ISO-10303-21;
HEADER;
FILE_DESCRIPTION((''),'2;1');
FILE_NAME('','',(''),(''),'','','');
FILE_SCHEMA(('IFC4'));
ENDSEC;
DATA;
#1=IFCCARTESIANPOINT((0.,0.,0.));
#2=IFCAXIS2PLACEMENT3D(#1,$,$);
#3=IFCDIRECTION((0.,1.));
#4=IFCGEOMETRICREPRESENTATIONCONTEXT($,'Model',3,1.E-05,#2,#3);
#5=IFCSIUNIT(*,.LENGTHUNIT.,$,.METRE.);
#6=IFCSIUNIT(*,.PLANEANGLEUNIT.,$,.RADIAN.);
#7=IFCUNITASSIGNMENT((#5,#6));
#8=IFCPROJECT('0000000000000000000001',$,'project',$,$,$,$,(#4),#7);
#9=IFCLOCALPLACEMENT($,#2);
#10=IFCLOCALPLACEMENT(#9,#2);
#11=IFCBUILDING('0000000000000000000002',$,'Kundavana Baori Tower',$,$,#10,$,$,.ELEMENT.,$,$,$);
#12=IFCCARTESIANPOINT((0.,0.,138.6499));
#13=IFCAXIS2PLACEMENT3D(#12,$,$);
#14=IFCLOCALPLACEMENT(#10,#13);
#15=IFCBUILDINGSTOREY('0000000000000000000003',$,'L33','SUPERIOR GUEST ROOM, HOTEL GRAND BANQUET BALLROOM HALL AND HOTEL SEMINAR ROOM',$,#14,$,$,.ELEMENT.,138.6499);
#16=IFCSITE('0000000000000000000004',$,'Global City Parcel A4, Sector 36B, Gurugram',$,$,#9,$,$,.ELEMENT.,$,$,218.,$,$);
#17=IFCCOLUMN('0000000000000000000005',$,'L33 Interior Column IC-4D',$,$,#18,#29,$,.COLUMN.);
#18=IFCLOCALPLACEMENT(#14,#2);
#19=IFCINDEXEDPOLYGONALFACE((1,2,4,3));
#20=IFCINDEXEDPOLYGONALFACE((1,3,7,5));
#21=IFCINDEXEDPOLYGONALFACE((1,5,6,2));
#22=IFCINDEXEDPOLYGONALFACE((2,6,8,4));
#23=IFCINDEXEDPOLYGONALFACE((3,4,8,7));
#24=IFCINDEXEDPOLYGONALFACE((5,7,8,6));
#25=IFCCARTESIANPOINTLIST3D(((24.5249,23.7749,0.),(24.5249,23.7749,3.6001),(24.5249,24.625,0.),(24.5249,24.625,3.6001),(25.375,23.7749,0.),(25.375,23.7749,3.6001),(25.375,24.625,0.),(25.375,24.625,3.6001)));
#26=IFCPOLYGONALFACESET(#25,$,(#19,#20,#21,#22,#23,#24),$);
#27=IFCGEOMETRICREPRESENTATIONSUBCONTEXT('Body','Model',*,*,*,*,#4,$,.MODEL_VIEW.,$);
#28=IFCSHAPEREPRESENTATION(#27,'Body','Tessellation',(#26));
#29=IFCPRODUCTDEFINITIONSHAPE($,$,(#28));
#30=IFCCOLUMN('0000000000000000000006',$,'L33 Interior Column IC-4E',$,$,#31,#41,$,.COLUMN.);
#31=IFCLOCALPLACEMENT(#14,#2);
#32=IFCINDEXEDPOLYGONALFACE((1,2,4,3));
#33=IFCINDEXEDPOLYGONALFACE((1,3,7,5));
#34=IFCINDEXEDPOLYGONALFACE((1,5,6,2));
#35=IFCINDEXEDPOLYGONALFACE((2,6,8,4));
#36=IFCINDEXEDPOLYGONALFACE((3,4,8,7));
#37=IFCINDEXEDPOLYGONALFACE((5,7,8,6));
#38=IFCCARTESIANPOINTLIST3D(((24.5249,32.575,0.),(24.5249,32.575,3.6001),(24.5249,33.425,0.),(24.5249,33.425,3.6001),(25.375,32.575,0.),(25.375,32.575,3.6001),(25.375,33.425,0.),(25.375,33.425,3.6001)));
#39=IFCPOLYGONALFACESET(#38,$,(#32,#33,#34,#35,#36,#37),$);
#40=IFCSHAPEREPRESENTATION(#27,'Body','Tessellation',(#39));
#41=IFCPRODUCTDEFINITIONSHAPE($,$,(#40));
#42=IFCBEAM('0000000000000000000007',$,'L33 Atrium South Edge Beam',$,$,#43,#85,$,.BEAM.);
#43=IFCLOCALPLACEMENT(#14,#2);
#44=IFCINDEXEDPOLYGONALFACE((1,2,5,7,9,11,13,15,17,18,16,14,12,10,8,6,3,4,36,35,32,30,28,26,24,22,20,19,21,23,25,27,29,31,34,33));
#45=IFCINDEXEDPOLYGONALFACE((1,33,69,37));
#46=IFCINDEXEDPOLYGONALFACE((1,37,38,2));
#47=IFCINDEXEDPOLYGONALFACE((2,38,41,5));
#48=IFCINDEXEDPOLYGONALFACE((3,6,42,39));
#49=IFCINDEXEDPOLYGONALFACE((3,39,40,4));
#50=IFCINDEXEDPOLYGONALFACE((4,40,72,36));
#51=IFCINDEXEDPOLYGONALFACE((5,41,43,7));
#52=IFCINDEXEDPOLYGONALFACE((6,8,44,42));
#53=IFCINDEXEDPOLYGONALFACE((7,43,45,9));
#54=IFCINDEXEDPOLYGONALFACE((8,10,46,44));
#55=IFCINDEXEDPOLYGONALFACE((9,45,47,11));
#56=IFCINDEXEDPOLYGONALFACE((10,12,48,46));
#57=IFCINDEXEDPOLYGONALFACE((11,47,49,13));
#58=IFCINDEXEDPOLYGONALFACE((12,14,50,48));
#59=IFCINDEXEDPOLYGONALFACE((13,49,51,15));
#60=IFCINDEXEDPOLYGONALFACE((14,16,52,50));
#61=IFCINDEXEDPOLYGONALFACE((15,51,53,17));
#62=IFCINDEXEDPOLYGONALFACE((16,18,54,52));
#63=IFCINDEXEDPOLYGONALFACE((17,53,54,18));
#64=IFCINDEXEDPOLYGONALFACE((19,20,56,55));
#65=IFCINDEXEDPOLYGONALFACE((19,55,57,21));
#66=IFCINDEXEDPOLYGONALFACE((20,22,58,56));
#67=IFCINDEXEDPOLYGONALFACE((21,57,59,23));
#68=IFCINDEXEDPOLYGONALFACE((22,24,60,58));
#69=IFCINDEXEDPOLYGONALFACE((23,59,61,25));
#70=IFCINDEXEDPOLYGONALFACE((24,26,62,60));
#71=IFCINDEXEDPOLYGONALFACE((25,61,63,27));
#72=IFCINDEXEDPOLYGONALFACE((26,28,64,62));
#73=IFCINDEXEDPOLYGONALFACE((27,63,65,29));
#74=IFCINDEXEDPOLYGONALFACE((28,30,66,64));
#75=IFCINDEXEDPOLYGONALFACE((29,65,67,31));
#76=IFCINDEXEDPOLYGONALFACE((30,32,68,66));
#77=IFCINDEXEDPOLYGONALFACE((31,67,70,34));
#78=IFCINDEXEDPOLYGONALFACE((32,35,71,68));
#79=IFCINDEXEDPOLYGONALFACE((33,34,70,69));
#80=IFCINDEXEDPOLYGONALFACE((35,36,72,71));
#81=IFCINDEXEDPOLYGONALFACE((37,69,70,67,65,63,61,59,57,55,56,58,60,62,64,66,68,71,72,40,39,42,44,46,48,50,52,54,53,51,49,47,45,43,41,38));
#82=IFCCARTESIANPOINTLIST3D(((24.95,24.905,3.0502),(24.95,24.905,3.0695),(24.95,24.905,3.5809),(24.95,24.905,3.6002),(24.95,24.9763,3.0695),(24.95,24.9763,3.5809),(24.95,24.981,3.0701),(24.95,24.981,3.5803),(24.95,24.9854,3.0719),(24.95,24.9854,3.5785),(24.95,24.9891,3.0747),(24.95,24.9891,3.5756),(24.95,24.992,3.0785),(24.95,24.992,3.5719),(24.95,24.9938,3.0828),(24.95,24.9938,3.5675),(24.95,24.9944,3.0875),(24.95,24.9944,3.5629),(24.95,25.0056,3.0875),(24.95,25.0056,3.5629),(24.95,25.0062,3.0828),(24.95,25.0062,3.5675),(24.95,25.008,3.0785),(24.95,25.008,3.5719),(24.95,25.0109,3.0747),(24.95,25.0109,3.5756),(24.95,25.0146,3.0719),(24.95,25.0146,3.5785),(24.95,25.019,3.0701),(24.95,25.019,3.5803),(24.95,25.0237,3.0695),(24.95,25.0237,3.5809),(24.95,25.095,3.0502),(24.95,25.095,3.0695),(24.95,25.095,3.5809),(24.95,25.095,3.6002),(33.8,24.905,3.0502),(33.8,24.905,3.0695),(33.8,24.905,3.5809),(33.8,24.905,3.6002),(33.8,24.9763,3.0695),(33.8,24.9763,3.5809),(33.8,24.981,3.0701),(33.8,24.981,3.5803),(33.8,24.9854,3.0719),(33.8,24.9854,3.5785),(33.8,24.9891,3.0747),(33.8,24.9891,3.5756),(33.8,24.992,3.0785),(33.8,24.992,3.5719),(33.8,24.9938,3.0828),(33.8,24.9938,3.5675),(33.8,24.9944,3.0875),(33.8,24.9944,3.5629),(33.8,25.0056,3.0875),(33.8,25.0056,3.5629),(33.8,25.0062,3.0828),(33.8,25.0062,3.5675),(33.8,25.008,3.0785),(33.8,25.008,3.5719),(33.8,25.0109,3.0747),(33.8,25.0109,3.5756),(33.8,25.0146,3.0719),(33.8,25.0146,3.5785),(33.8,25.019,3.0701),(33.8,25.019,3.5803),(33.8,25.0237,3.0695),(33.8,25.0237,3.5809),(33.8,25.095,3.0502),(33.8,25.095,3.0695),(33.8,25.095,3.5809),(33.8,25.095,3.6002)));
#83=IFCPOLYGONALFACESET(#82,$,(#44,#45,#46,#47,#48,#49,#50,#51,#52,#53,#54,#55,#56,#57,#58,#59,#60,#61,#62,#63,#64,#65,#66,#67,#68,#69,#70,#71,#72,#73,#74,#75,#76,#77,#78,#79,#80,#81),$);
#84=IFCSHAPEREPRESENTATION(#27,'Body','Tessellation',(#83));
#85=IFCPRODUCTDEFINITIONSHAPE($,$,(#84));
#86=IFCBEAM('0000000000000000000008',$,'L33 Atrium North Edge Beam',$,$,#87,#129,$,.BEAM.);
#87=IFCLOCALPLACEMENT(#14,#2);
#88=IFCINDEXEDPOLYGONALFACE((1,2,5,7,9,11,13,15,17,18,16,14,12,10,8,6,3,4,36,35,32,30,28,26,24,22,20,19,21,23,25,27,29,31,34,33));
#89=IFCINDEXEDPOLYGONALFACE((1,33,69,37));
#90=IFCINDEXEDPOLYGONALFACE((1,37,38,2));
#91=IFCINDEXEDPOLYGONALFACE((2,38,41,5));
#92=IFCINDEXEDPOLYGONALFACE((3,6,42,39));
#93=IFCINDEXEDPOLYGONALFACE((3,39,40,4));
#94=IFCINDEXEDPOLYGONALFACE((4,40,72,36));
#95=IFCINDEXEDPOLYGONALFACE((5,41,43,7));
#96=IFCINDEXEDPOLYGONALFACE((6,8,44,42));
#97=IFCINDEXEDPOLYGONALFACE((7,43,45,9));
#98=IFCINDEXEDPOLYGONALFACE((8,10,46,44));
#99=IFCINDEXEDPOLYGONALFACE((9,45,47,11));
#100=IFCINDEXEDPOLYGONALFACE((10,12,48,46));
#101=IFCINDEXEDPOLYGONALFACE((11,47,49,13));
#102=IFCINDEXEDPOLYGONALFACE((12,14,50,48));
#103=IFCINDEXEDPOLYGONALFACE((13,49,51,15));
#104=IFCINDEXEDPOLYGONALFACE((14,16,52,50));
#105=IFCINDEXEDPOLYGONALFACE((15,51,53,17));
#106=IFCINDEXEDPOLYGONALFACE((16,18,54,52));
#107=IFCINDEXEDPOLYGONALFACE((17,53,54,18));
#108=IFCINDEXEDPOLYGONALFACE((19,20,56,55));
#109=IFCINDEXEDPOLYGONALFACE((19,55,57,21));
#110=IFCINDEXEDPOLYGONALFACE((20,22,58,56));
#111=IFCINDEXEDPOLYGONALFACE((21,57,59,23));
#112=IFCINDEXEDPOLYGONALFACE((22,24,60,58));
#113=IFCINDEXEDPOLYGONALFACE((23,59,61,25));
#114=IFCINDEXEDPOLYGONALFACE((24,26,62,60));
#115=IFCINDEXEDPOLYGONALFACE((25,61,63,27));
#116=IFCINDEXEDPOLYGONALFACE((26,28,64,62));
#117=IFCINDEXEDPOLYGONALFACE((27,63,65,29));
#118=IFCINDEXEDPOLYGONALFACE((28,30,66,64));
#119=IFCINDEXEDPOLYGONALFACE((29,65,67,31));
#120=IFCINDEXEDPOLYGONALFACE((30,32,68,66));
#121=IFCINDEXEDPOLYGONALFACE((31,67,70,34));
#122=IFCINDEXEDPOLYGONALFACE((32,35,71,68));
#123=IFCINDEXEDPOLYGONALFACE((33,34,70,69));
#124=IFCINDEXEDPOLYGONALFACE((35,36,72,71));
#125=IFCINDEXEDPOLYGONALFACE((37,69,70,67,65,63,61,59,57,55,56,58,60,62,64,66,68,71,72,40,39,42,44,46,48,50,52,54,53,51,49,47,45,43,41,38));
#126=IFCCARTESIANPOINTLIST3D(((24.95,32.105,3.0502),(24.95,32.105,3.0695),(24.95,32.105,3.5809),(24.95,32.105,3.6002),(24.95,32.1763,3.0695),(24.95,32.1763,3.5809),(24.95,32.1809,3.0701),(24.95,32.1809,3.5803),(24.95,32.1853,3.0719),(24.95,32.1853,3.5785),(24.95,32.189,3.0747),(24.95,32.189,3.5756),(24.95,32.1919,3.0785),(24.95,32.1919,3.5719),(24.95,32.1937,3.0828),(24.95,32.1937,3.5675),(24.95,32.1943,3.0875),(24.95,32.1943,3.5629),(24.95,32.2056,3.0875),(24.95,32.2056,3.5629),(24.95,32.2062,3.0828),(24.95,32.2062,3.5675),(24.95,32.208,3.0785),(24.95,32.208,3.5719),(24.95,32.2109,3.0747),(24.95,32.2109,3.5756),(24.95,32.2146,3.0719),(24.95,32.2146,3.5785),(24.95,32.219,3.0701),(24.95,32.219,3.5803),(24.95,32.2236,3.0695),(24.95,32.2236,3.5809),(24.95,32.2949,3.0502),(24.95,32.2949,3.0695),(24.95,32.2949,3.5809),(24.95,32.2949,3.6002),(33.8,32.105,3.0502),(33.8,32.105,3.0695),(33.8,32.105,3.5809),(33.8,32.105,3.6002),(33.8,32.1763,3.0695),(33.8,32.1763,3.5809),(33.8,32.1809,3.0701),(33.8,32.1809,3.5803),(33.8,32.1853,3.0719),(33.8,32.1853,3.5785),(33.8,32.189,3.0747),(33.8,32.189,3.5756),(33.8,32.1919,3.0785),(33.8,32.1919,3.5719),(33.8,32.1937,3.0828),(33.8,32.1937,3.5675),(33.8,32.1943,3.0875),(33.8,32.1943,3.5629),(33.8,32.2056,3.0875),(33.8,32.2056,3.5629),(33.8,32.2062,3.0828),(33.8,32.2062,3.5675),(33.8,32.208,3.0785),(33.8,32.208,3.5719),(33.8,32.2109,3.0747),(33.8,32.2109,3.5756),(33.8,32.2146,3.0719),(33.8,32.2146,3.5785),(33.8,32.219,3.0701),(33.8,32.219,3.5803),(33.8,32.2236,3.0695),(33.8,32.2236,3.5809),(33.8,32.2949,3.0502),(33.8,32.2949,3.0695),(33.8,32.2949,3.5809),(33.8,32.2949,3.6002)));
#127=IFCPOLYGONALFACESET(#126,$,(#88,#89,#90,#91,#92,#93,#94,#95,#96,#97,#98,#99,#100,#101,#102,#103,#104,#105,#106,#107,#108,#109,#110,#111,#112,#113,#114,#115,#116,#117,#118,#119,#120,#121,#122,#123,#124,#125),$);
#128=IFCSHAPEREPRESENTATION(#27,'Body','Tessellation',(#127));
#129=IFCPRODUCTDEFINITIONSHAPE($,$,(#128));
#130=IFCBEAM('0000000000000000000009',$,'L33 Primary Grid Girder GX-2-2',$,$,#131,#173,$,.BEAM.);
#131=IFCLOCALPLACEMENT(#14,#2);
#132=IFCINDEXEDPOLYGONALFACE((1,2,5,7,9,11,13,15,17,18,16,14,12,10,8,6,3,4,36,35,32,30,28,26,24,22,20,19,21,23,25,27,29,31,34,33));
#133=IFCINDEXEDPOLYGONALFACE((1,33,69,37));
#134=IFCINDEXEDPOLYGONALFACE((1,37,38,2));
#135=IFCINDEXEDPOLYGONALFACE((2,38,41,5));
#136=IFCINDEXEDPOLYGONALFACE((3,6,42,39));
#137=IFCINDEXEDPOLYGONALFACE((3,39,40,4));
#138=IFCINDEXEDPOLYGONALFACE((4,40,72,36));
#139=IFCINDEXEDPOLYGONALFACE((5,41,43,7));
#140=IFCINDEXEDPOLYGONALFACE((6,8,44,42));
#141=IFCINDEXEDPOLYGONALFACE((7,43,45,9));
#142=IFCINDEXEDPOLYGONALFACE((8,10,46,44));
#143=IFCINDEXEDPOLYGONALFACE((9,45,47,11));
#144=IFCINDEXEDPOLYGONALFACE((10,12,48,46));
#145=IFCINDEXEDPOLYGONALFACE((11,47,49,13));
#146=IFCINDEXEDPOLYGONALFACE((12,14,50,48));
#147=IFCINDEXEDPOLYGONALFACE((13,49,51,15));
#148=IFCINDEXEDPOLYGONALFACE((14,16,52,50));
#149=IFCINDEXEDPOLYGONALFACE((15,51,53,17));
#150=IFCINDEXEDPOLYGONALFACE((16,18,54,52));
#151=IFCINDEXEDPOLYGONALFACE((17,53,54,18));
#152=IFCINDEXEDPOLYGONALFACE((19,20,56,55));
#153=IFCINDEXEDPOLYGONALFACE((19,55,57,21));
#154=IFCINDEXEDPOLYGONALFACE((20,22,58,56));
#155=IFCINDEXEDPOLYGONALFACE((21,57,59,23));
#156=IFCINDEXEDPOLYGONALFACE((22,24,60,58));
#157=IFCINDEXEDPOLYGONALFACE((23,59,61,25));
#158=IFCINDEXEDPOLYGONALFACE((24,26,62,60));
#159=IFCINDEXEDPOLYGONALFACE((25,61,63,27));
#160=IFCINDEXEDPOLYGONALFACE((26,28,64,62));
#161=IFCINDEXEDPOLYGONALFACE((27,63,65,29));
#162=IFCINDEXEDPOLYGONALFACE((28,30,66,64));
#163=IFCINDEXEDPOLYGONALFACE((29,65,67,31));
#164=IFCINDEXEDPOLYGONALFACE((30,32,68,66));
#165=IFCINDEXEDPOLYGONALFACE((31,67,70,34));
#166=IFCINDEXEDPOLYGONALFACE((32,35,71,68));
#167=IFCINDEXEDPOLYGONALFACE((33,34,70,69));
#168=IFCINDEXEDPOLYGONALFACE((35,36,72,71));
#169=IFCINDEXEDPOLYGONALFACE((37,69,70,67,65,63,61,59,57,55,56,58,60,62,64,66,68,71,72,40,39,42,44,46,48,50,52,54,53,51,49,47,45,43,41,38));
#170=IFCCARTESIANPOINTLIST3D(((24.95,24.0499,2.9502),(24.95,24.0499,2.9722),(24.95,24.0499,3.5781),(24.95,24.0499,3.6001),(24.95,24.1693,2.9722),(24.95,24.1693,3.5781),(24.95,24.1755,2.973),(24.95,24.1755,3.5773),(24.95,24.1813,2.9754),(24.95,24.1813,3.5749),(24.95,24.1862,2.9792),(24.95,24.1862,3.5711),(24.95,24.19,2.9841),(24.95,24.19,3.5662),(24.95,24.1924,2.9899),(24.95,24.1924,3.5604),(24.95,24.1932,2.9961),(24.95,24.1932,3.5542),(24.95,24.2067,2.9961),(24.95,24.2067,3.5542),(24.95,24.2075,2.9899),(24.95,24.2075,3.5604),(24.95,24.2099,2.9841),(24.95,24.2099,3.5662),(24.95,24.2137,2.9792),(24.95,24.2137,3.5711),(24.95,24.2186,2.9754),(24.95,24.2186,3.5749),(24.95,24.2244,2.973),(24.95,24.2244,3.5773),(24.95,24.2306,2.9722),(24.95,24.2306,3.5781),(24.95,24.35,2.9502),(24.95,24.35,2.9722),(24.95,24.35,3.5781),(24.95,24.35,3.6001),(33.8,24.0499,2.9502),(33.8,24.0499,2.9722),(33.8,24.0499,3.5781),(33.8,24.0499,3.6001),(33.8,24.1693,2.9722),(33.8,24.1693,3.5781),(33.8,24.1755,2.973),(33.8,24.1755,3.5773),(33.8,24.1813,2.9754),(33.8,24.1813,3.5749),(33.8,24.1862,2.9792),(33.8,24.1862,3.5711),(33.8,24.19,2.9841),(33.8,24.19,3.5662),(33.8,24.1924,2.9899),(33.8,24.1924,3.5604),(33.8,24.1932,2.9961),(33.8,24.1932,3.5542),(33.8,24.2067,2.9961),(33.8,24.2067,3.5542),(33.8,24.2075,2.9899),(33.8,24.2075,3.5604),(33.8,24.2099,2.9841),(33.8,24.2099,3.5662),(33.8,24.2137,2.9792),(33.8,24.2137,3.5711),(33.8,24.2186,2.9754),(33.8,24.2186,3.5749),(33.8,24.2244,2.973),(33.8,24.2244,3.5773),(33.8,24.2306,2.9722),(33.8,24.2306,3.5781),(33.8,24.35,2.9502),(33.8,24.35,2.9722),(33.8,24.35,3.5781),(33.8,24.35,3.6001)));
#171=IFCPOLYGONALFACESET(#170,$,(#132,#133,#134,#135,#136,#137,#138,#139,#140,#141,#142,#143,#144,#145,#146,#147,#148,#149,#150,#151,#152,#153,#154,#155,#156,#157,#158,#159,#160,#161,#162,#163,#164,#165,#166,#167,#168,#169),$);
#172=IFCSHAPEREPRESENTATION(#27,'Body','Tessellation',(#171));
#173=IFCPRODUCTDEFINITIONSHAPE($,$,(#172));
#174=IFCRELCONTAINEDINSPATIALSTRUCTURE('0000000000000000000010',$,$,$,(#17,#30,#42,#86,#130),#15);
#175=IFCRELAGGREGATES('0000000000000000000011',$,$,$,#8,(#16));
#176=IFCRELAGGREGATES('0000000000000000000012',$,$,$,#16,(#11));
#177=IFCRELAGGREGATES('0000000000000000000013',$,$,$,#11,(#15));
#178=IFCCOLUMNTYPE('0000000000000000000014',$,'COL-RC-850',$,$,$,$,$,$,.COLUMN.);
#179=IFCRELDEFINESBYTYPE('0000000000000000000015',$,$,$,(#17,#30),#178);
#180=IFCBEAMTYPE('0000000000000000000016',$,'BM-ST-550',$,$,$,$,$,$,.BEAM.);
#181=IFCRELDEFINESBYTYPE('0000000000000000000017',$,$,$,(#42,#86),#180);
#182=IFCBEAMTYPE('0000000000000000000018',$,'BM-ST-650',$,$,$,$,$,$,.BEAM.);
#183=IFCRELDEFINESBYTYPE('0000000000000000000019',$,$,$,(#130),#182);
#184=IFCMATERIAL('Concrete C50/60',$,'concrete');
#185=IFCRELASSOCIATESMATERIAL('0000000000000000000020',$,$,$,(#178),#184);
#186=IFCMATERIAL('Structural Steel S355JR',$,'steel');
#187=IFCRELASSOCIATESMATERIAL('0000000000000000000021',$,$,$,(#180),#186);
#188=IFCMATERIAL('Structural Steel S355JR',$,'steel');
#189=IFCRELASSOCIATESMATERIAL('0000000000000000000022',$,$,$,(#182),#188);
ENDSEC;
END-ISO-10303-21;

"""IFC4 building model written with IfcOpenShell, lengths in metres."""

from ifc_helpers import new_model, si_unit, direction, frame, origin, origin_2d, place, context, subcontext, project, spatial, rectangle, i_section, extrude, material, material_profile, profile_set, type_object, element, save


model = new_model("IFC4")

# Units and contexts
model_context = context("Model", 3, precision=1e-05, world=origin(), true_north=direction((0.0, 1.0)))
body_context = subcontext(model_context, "Body", "Model", "MODEL_VIEW")
ifc_project = project(units=[si_unit("LENGTHUNIT", "METRE"), si_unit("PLANEANGLEUNIT", "RADIAN")], contexts=[model_context])

# Site, building, storey
site_placement = place(None, origin())
site = spatial("IfcSite", under=ifc_project, at=site_placement, Name="Global City Parcel A4, Sector 36B, Gurugram", CompositionType="ELEMENT", RefElevation=218.0)
building_placement = place(site_placement, origin())
building = spatial("IfcBuilding", under=site, at=building_placement, Name="Kundavana Baori Tower", CompositionType="ELEMENT")
storey_placement = place(building_placement, frame((0.0, 0.0, 138.6499)))
storey = spatial("IfcBuildingStorey", under=building, at=storey_placement, Name="L33", Description="SUPERIOR GUEST ROOM, HOTEL GRAND BANQUET BALLROOM HALL AND HOTEL SEMINAR ROOM", CompositionType="ELEMENT", Elevation=138.6499)

# Columns
ifc_material_1 = material(Name="Concrete C50/60", Category="concrete")
ifc_material_profile_1 = material_profile(ifc_material_1, rectangle(XDim=0.8501, YDim=0.8501, at=origin_2d()), Name="RC 850x850")
ifc_profile_set_1 = profile_set([ifc_material_profile_1], Name="Concrete C50/60")
column_type = type_object("IfcColumnType", Name="COL-RC-850", PredefinedType="COLUMN", material=ifc_profile_set_1)
for number, where, z_axis, x_axis, name in (
    (1, (24.95, 24.2, 0.0), (0.0, 0.0, 1.0), (1.0, 0.0, 0.0), "L33 Interior Column IC-4D"),
    (2, (24.95, 33.0, 0.0), (0.0, 0.0, 1.0), (1.0, 0.0, 0.0), "L33 Interior Column IC-4E"),
):
    element("IfcColumn", number, at=place(storey_placement, frame(where, z_axis=z_axis, x_axis=x_axis)), inside=storey, type_object=column_type, Name=name, PredefinedType="COLUMN", context=body_context, shape_type="SweptSolid", body=[
        extrude(rectangle(XDim=0.8501, YDim=0.8501, at=origin_2d()), origin(), (0.0, 0.0, 1.0), 3.6001),
    ])

# Beams
ifc_material_2 = material(Name="Structural Steel S355JR", Category="steel")
ifc_material_profile_2 = material_profile(ifc_material_2, i_section(OverallWidth=0.1899, OverallDepth=0.55, WebThickness=0.0112, FlangeThickness=0.0193, FilletRadius=0.0181, at=origin_2d()), Name="ISMB 550")
ifc_profile_set_2 = profile_set([ifc_material_profile_2], Name="Structural Steel S355JR")
beam_type_1 = type_object("IfcBeamType", Name="BM-ST-550", PredefinedType="BEAM", material=ifc_profile_set_2)
for number, where, z_axis, x_axis, name in (
    (3, (24.95, 25.0, 3.3252), (1.0, 0.0, 0.0), (0.0, 1.0, 0.0), "L33 Atrium South Edge Beam"),
    (4, (24.95, 32.2, 3.3252), (1.0, 0.0, 0.0), (0.0, 1.0, 0.0), "L33 Atrium North Edge Beam"),
):
    element("IfcBeam", number, at=place(storey_placement, frame(where, z_axis=z_axis, x_axis=x_axis)), inside=storey, type_object=beam_type_1, Name=name, PredefinedType="BEAM", context=body_context, shape_type="SweptSolid", body=[
        extrude(i_section(OverallWidth=0.1899, OverallDepth=0.55, WebThickness=0.0112, FlangeThickness=0.0193, FilletRadius=0.0181, at=origin_2d()), origin(), (0.0, 0.0, 1.0), 8.8501),
    ])
ifc_material_3 = material(Name="Structural Steel S355JR", Category="steel")
ifc_material_profile_3 = material_profile(ifc_material_3, i_section(OverallWidth=0.3, OverallDepth=0.6499, WebThickness=0.0134, FlangeThickness=0.022, FilletRadius=0.0239, at=origin_2d()), Name="NPB 650x300x155")
ifc_profile_set_3 = profile_set([ifc_material_profile_3], Name="Structural Steel S355JR")
beam_type_2 = type_object("IfcBeamType", Name="BM-ST-650", PredefinedType="BEAM", material=ifc_profile_set_3)
for number, where, z_axis, x_axis, name in (
    (5, (24.95, 24.2, 3.2751), (1.0, 0.0, 0.0), (0.0, 1.0, 0.0), "L33 Primary Grid Girder GX-2-2"),
):
    element("IfcBeam", number, at=place(storey_placement, frame(where, z_axis=z_axis, x_axis=x_axis)), inside=storey, type_object=beam_type_2, Name=name, PredefinedType="BEAM", context=body_context, shape_type="SweptSolid", body=[
        extrude(i_section(OverallWidth=0.3, OverallDepth=0.6499, WebThickness=0.0134, FlangeThickness=0.022, FilletRadius=0.0239, at=origin_2d()), origin(), (0.0, 0.0, 1.0), 8.8501),
    ])

save(model, "model.ifc")
